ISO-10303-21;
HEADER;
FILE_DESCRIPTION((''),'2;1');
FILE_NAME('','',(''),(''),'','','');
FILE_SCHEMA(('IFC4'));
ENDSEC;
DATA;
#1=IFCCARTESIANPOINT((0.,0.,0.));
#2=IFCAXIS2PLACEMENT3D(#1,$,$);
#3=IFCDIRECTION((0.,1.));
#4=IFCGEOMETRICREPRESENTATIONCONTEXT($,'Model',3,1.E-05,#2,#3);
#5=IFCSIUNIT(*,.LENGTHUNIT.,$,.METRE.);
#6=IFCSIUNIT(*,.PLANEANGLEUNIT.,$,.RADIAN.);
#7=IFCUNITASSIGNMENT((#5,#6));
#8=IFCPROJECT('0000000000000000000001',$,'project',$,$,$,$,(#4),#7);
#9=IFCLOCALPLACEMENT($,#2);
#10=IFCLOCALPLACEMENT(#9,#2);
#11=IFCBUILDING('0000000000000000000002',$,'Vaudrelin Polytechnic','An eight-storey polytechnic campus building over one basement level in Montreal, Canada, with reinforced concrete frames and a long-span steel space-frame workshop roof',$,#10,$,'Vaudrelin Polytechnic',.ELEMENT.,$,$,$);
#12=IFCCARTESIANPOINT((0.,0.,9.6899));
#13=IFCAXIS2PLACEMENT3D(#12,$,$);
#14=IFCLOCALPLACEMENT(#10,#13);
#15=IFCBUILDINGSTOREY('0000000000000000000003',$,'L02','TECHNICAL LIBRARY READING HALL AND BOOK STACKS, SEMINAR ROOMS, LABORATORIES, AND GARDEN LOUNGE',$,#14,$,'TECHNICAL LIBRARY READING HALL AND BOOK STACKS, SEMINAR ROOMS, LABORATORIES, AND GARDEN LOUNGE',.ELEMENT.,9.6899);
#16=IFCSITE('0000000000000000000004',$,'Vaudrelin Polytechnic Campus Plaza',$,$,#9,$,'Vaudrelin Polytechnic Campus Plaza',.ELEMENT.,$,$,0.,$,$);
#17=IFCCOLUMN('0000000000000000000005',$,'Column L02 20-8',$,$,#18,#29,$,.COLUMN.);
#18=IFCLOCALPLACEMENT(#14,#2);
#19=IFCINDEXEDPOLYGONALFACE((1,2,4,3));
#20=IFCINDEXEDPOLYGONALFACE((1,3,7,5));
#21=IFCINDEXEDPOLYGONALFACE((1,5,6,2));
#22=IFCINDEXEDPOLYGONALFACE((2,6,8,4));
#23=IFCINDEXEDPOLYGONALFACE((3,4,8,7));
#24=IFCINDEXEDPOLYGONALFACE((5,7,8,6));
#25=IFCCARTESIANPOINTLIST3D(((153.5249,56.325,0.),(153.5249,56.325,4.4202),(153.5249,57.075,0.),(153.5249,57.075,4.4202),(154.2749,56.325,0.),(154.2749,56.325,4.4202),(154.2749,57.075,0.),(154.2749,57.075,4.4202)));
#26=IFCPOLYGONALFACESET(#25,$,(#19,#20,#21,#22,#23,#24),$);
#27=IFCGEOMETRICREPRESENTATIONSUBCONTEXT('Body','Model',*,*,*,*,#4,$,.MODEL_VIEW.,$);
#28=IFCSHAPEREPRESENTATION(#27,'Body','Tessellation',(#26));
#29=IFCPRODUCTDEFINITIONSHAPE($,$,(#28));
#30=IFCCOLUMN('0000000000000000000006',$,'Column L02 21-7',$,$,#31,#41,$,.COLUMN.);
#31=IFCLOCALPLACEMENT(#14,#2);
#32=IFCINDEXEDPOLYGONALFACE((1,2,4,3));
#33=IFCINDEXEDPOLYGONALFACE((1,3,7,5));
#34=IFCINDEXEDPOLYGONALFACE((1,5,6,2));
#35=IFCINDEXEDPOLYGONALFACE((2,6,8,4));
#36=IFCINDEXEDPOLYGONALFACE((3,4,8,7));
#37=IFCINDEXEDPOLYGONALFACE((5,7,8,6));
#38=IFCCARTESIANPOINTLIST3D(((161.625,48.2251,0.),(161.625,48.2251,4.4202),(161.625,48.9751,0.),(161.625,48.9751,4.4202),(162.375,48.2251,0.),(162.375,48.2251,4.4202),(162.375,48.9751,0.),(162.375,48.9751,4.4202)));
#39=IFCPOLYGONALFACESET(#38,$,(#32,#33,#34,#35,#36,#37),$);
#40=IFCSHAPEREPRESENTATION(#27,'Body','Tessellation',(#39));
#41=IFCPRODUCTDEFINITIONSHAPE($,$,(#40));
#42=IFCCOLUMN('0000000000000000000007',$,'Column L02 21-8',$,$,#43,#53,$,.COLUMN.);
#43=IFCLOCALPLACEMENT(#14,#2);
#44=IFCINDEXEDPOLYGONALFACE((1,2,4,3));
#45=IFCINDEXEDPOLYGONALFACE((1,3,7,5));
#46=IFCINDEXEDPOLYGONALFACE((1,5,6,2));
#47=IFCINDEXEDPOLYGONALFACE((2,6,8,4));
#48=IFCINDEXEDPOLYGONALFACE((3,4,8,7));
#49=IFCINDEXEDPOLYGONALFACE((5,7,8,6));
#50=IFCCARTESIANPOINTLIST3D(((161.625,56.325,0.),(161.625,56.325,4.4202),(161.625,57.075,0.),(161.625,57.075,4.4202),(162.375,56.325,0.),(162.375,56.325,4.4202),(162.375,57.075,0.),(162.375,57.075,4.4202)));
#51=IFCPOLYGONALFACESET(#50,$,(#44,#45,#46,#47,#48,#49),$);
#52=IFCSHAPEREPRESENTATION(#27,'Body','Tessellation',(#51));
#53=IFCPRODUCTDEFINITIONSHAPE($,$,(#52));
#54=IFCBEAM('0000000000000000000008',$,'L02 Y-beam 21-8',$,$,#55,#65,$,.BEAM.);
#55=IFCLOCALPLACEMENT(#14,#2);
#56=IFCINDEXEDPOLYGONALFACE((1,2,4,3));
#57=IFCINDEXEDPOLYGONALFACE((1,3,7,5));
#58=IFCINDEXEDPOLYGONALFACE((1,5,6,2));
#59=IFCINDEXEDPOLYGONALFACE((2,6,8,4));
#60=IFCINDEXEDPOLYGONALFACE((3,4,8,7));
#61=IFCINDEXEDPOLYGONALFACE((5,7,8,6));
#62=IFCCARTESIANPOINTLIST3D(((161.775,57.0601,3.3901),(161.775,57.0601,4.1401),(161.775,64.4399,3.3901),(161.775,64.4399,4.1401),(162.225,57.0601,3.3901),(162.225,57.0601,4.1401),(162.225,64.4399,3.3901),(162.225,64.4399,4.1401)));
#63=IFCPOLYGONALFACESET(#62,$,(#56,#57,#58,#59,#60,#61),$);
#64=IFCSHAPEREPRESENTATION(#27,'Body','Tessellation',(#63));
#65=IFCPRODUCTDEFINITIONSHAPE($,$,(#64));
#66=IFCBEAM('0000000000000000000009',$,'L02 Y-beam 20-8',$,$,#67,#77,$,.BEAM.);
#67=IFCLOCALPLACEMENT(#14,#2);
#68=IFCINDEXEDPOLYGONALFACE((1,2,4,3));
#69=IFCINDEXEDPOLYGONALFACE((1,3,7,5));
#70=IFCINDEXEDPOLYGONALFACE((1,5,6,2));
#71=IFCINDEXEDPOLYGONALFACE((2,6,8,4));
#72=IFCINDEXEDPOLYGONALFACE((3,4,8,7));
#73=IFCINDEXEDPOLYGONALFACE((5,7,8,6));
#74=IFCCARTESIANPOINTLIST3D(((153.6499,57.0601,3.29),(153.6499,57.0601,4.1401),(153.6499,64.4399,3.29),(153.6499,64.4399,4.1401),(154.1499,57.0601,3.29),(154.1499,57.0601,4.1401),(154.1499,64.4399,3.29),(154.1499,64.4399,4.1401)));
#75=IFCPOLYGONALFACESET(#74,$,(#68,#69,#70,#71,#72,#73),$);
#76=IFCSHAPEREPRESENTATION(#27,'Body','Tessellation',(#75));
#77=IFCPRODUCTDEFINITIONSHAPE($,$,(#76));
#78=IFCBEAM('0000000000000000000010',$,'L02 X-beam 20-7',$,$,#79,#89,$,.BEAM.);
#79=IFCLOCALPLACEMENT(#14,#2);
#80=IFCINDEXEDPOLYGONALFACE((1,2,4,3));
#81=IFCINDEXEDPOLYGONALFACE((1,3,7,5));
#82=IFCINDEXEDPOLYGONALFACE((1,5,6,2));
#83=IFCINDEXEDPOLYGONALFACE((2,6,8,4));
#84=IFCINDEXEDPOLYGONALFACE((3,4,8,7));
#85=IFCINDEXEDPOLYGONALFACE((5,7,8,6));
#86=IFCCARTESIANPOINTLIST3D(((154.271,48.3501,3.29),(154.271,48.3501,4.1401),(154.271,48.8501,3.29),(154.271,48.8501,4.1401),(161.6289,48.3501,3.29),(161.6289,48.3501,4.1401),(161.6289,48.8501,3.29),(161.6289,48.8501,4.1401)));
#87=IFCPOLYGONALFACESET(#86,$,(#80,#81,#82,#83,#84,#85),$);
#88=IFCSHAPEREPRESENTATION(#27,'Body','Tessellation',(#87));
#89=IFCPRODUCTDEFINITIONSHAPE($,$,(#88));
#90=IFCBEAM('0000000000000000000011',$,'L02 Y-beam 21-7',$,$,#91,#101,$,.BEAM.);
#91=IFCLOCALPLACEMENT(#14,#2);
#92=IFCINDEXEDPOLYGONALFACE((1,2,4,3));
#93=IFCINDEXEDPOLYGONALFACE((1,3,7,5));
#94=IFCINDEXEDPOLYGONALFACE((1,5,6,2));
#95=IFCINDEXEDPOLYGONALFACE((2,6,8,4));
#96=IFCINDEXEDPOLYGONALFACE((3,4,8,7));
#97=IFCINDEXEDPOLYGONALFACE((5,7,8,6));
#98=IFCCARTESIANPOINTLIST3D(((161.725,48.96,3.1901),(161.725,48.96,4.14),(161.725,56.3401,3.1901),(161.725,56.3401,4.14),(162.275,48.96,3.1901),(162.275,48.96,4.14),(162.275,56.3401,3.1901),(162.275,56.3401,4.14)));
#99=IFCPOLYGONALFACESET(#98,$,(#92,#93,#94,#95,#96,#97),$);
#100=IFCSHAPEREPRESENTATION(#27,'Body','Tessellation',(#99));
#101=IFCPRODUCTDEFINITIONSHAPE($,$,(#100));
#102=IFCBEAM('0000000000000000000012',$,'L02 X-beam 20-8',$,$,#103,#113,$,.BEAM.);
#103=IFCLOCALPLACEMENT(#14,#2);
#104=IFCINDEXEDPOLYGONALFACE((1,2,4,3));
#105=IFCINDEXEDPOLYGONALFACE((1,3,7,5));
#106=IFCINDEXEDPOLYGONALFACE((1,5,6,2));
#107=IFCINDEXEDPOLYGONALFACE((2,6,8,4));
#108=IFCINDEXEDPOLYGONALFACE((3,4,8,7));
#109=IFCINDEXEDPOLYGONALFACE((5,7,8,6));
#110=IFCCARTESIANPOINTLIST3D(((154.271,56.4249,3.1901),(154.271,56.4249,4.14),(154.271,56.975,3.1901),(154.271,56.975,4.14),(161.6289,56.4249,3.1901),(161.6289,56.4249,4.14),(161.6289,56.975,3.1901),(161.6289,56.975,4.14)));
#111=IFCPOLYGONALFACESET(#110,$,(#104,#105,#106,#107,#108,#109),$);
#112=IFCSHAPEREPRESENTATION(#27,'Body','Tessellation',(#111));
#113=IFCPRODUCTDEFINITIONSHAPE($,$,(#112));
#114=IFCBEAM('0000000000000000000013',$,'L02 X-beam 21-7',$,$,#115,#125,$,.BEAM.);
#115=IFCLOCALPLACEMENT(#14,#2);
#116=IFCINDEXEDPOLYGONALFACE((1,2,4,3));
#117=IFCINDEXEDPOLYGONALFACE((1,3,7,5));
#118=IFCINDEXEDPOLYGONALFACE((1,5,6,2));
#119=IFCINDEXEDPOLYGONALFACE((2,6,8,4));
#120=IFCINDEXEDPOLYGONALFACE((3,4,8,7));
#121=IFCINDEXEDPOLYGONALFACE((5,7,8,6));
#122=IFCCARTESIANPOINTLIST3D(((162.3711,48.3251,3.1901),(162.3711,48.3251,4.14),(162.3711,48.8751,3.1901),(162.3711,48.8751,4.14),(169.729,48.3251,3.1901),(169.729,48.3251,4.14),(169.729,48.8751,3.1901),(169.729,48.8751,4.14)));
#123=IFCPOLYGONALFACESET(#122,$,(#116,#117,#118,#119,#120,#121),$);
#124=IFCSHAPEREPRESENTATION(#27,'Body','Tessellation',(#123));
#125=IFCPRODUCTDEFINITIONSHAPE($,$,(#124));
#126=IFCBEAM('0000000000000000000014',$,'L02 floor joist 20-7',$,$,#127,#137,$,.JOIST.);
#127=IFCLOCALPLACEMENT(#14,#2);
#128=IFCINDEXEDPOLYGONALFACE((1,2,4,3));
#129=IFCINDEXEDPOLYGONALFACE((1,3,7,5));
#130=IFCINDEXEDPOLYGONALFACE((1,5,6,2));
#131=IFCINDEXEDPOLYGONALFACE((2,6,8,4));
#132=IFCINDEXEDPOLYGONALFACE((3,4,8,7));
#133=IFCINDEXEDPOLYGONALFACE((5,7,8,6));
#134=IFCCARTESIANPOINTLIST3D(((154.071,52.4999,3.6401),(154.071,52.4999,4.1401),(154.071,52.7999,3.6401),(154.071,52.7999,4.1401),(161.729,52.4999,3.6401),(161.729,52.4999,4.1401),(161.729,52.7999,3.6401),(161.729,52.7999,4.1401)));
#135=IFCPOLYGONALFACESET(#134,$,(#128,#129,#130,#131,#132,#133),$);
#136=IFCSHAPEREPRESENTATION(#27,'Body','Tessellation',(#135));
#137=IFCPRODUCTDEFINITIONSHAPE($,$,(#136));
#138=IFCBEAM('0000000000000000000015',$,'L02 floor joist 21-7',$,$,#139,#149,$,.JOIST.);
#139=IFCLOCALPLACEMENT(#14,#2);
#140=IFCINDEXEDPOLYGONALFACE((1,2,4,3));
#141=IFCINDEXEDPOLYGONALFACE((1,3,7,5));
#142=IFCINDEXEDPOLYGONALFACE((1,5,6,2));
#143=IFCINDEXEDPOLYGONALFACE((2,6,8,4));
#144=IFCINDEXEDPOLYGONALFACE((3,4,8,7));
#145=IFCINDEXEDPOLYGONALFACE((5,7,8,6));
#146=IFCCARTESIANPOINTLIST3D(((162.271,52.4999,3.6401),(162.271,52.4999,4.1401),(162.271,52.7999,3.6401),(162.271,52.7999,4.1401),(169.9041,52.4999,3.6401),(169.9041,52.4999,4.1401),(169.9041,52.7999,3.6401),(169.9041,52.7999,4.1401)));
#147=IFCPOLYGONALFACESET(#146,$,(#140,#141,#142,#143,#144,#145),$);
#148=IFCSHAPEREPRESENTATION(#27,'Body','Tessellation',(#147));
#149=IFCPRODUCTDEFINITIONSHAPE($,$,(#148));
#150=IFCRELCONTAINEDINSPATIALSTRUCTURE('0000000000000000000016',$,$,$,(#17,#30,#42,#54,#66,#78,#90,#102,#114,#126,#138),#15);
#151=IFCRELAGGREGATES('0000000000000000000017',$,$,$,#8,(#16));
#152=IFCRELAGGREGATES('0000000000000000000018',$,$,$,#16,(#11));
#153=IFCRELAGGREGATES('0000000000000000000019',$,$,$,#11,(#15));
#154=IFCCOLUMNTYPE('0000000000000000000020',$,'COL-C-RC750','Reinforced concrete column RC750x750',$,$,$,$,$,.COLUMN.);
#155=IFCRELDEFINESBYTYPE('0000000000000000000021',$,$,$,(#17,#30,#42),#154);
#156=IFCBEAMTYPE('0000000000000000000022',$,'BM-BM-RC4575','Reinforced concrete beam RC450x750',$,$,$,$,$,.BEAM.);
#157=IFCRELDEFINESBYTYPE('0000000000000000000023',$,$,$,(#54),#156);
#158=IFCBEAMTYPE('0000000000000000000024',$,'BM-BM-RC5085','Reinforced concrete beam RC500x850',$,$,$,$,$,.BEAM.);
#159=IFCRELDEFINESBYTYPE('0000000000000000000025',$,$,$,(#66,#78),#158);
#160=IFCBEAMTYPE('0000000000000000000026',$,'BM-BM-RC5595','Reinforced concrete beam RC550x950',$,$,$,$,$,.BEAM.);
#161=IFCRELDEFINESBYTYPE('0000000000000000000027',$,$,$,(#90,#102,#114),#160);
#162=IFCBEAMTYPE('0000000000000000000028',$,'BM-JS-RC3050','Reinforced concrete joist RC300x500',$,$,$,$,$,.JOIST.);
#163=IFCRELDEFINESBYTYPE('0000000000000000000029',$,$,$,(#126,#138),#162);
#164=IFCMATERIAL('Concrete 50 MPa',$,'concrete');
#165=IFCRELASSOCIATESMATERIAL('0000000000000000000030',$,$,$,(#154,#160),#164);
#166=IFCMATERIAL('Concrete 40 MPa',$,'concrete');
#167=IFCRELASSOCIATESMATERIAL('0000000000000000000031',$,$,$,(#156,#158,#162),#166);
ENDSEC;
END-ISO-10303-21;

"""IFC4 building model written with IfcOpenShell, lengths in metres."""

from ifc_helpers import new_model, si_unit, direction, frame, origin, origin_2d, place, context, subcontext, project, spatial, rectangle, extrude, material, material_profile, profile_set, type_object, element, save


model = new_model("IFC4")

# Units and contexts
model_context = context("Model", 3, precision=1e-05, world=origin(), true_north=direction((0.0, 1.0)))
body_context = subcontext(model_context, "Body", "Model", "MODEL_VIEW")
ifc_project = project(units=[si_unit("LENGTHUNIT", "METRE"), si_unit("PLANEANGLEUNIT", "RADIAN")], contexts=[model_context])

# Site, building, storey
site_placement = place(None, origin())
site = spatial("IfcSite", under=ifc_project, at=site_placement, Name="Vaudrelin Polytechnic Campus Plaza", LongName="Vaudrelin Polytechnic Campus Plaza", CompositionType="ELEMENT", RefElevation=0.0)
building_placement = place(site_placement, origin())
building = spatial("IfcBuilding", under=site, at=building_placement, Name="Vaudrelin Polytechnic", Description="An eight-storey polytechnic campus building over one basement level in Montreal, Canada, with reinforced concrete frames and a long-span steel space-frame workshop roof", LongName="Vaudrelin Polytechnic", CompositionType="ELEMENT")
storey_placement = place(building_placement, frame((0.0, 0.0, 9.6899)))
storey = spatial("IfcBuildingStorey", under=building, at=storey_placement, Name="L02", Description="TECHNICAL LIBRARY READING HALL AND BOOK STACKS, SEMINAR ROOMS, LABORATORIES, AND GARDEN LOUNGE", LongName="TECHNICAL LIBRARY READING HALL AND BOOK STACKS, SEMINAR ROOMS, LABORATORIES, AND GARDEN LOUNGE", CompositionType="ELEMENT", Elevation=9.6899)

# Columns
ifc_material_1 = material(Name="Concrete 50 MPa", Category="concrete")
ifc_material_profile_1 = material_profile(ifc_material_1, rectangle(XDim=0.75, YDim=0.75, at=origin_2d()), Name="RC750x750")
ifc_profile_set_1 = profile_set([ifc_material_profile_1], Name="Concrete 50 MPa")
column_type = type_object("IfcColumnType", Name="COL-C-RC750", Description="Reinforced concrete column RC750x750", PredefinedType="COLUMN", material=ifc_profile_set_1)
for number, where, z_axis, x_axis, name in (
    (1, (153.8999, 56.7, 0.0), (0.0, 0.0, 1.0), (1.0, 0.0, 0.0), "Column L02 20-8"),
    (2, (162.0, 48.6001, 0.0), (0.0, 0.0, 1.0), (1.0, 0.0, 0.0), "Column L02 21-7"),
    (3, (162.0, 56.7, 0.0), (0.0, 0.0, 1.0), (1.0, 0.0, 0.0), "Column L02 21-8"),
):
    element("IfcColumn", number, at=place(storey_placement, frame(where, z_axis=z_axis, x_axis=x_axis)), inside=storey, type_object=column_type, Name=name, PredefinedType="COLUMN", context=body_context, shape_type="SweptSolid", body=[
        extrude(rectangle(XDim=0.75, YDim=0.75, at=origin_2d()), origin(), (0.0, 0.0, 1.0), 4.4202),
    ])

# Beams
ifc_material_2 = material(Name="Concrete 40 MPa", Category="concrete")
ifc_material_profile_2 = material_profile(ifc_material_2, rectangle(XDim=0.45, YDim=0.75, at=origin_2d()), Name="RC450x750")
ifc_profile_set_2 = profile_set([ifc_material_profile_2], Name="Concrete 40 MPa")
beam_type_1 = type_object("IfcBeamType", Name="BM-BM-RC4575", Description="Reinforced concrete beam RC450x750", PredefinedType="BEAM", material=ifc_profile_set_2)
beam_1_placement = place(storey_placement, frame((162.0, 57.0601, 3.7651), z_axis=(0.0, 1.0, 0.0), x_axis=(-1.0, 0.0, 0.0)))
element("IfcBeam", 4, at=beam_1_placement, inside=storey, type_object=beam_type_1, Name="L02 Y-beam 21-8", PredefinedType="BEAM", context=body_context, shape_type="SweptSolid", body=[
    extrude(rectangle(XDim=0.45, YDim=0.75, at=origin_2d()), origin(), (0.0, 0.0, 1.0), 7.3799),
])
ifc_material_profile_3 = material_profile(ifc_material_2, rectangle(XDim=0.5, YDim=0.8501, at=origin_2d()), Name="RC500x850")
ifc_profile_set_3 = profile_set([ifc_material_profile_3], Name="Concrete 40 MPa")
beam_type_2 = type_object("IfcBeamType", Name="BM-BM-RC5085", Description="Reinforced concrete beam RC500x850", PredefinedType="BEAM", material=ifc_profile_set_3)
beam_2_placement = place(storey_placement, frame((153.8999, 57.0601, 3.7151), z_axis=(0.0, 1.0, 0.0), x_axis=(-1.0, 0.0, 0.0)))
element("IfcBeam", 5, at=beam_2_placement, inside=storey, type_object=beam_type_2, Name="L02 Y-beam 20-8", PredefinedType="BEAM", context=body_context, shape_type="SweptSolid", body=[
    extrude(rectangle(XDim=0.5, YDim=0.8501, at=origin_2d()), origin(), (0.0, 0.0, 1.0), 7.3799),
])
beam_3_placement = place(storey_placement, frame((154.271, 48.6001, 3.7151), z_axis=(1.0, 0.0, 0.0), x_axis=(0.0, 1.0, 0.0)))
element("IfcBeam", 6, at=beam_3_placement, inside=storey, type_object=beam_type_2, Name="L02 X-beam 20-7", PredefinedType="BEAM", context=body_context, shape_type="SweptSolid", body=[
    extrude(rectangle(XDim=0.5, YDim=0.8501, at=origin_2d()), origin(), (0.0, 0.0, 1.0), 7.3579),
])
ifc_material_profile_4 = material_profile(ifc_material_1, rectangle(XDim=0.55, YDim=0.95, at=origin_2d()), Name="RC550x950")
ifc_profile_set_4 = profile_set([ifc_material_profile_4], Name="Concrete 50 MPa")
beam_type_3 = type_object("IfcBeamType", Name="BM-BM-RC5595", Description="Reinforced concrete beam RC550x950", PredefinedType="BEAM", material=ifc_profile_set_4)
beam_4_placement = place(storey_placement, frame((162.0, 48.96, 3.665), z_axis=(0.0, 1.0, 0.0), x_axis=(-1.0, 0.0, 0.0)))
element("IfcBeam", 7, at=beam_4_placement, inside=storey, type_object=beam_type_3, Name="L02 Y-beam 21-7", PredefinedType="BEAM", context=body_context, shape_type="SweptSolid", body=[
    extrude(rectangle(XDim=0.55, YDim=0.95, at=origin_2d()), origin(), (0.0, 0.0, 1.0), 7.3801),
])
for number, where, z_axis, x_axis, name in (
    (8, (154.271, 56.7, 3.665), (1.0, 0.0, 0.0), (0.0, 1.0, 0.0), "L02 X-beam 20-8"),
    (9, (162.3711, 48.6001, 3.665), (1.0, 0.0, 0.0), (0.0, 1.0, 0.0), "L02 X-beam 21-7"),
):
    element("IfcBeam", number, at=place(storey_placement, frame(where, z_axis=z_axis, x_axis=x_axis)), inside=storey, type_object=beam_type_3, Name=name, PredefinedType="BEAM", context=body_context, shape_type="SweptSolid", body=[
        extrude(rectangle(XDim=0.55, YDim=0.95, at=origin_2d()), origin(), (0.0, 0.0, 1.0), 7.3579),
    ])
ifc_material_profile_5 = material_profile(ifc_material_2, rectangle(XDim=0.3, YDim=0.5, at=origin_2d()), Name="RC300x500")
ifc_profile_set_5 = profile_set([ifc_material_profile_5], Name="Concrete 40 MPa")
beam_type_4 = type_object("IfcBeamType", Name="BM-JS-RC3050", Description="Reinforced concrete joist RC300x500", PredefinedType="JOIST", material=ifc_profile_set_5)
beam_5_placement = place(storey_placement, frame((154.071, 52.6499, 3.8901), z_axis=(1.0, 0.0, 0.0), x_axis=(0.0, 1.0, 0.0)))
element("IfcBeam", 10, at=beam_5_placement, inside=storey, type_object=beam_type_4, Name="L02 floor joist 20-7", PredefinedType="JOIST", context=body_context, shape_type="SweptSolid", body=[
    extrude(rectangle(XDim=0.3, YDim=0.5, at=origin_2d()), origin(), (0.0, 0.0, 1.0), 7.658),
])
beam_6_placement = place(storey_placement, frame((162.271, 52.6499, 3.8901), z_axis=(1.0, 0.0, 0.0), x_axis=(0.0, 1.0, 0.0)))
element("IfcBeam", 11, at=beam_6_placement, inside=storey, type_object=beam_type_4, Name="L02 floor joist 21-7", PredefinedType="JOIST", context=body_context, shape_type="SweptSolid", body=[
    extrude(rectangle(XDim=0.3, YDim=0.5, at=origin_2d()), origin(), (0.0, 0.0, 1.0), 7.6331),
])

save(model, "model.ifc")
